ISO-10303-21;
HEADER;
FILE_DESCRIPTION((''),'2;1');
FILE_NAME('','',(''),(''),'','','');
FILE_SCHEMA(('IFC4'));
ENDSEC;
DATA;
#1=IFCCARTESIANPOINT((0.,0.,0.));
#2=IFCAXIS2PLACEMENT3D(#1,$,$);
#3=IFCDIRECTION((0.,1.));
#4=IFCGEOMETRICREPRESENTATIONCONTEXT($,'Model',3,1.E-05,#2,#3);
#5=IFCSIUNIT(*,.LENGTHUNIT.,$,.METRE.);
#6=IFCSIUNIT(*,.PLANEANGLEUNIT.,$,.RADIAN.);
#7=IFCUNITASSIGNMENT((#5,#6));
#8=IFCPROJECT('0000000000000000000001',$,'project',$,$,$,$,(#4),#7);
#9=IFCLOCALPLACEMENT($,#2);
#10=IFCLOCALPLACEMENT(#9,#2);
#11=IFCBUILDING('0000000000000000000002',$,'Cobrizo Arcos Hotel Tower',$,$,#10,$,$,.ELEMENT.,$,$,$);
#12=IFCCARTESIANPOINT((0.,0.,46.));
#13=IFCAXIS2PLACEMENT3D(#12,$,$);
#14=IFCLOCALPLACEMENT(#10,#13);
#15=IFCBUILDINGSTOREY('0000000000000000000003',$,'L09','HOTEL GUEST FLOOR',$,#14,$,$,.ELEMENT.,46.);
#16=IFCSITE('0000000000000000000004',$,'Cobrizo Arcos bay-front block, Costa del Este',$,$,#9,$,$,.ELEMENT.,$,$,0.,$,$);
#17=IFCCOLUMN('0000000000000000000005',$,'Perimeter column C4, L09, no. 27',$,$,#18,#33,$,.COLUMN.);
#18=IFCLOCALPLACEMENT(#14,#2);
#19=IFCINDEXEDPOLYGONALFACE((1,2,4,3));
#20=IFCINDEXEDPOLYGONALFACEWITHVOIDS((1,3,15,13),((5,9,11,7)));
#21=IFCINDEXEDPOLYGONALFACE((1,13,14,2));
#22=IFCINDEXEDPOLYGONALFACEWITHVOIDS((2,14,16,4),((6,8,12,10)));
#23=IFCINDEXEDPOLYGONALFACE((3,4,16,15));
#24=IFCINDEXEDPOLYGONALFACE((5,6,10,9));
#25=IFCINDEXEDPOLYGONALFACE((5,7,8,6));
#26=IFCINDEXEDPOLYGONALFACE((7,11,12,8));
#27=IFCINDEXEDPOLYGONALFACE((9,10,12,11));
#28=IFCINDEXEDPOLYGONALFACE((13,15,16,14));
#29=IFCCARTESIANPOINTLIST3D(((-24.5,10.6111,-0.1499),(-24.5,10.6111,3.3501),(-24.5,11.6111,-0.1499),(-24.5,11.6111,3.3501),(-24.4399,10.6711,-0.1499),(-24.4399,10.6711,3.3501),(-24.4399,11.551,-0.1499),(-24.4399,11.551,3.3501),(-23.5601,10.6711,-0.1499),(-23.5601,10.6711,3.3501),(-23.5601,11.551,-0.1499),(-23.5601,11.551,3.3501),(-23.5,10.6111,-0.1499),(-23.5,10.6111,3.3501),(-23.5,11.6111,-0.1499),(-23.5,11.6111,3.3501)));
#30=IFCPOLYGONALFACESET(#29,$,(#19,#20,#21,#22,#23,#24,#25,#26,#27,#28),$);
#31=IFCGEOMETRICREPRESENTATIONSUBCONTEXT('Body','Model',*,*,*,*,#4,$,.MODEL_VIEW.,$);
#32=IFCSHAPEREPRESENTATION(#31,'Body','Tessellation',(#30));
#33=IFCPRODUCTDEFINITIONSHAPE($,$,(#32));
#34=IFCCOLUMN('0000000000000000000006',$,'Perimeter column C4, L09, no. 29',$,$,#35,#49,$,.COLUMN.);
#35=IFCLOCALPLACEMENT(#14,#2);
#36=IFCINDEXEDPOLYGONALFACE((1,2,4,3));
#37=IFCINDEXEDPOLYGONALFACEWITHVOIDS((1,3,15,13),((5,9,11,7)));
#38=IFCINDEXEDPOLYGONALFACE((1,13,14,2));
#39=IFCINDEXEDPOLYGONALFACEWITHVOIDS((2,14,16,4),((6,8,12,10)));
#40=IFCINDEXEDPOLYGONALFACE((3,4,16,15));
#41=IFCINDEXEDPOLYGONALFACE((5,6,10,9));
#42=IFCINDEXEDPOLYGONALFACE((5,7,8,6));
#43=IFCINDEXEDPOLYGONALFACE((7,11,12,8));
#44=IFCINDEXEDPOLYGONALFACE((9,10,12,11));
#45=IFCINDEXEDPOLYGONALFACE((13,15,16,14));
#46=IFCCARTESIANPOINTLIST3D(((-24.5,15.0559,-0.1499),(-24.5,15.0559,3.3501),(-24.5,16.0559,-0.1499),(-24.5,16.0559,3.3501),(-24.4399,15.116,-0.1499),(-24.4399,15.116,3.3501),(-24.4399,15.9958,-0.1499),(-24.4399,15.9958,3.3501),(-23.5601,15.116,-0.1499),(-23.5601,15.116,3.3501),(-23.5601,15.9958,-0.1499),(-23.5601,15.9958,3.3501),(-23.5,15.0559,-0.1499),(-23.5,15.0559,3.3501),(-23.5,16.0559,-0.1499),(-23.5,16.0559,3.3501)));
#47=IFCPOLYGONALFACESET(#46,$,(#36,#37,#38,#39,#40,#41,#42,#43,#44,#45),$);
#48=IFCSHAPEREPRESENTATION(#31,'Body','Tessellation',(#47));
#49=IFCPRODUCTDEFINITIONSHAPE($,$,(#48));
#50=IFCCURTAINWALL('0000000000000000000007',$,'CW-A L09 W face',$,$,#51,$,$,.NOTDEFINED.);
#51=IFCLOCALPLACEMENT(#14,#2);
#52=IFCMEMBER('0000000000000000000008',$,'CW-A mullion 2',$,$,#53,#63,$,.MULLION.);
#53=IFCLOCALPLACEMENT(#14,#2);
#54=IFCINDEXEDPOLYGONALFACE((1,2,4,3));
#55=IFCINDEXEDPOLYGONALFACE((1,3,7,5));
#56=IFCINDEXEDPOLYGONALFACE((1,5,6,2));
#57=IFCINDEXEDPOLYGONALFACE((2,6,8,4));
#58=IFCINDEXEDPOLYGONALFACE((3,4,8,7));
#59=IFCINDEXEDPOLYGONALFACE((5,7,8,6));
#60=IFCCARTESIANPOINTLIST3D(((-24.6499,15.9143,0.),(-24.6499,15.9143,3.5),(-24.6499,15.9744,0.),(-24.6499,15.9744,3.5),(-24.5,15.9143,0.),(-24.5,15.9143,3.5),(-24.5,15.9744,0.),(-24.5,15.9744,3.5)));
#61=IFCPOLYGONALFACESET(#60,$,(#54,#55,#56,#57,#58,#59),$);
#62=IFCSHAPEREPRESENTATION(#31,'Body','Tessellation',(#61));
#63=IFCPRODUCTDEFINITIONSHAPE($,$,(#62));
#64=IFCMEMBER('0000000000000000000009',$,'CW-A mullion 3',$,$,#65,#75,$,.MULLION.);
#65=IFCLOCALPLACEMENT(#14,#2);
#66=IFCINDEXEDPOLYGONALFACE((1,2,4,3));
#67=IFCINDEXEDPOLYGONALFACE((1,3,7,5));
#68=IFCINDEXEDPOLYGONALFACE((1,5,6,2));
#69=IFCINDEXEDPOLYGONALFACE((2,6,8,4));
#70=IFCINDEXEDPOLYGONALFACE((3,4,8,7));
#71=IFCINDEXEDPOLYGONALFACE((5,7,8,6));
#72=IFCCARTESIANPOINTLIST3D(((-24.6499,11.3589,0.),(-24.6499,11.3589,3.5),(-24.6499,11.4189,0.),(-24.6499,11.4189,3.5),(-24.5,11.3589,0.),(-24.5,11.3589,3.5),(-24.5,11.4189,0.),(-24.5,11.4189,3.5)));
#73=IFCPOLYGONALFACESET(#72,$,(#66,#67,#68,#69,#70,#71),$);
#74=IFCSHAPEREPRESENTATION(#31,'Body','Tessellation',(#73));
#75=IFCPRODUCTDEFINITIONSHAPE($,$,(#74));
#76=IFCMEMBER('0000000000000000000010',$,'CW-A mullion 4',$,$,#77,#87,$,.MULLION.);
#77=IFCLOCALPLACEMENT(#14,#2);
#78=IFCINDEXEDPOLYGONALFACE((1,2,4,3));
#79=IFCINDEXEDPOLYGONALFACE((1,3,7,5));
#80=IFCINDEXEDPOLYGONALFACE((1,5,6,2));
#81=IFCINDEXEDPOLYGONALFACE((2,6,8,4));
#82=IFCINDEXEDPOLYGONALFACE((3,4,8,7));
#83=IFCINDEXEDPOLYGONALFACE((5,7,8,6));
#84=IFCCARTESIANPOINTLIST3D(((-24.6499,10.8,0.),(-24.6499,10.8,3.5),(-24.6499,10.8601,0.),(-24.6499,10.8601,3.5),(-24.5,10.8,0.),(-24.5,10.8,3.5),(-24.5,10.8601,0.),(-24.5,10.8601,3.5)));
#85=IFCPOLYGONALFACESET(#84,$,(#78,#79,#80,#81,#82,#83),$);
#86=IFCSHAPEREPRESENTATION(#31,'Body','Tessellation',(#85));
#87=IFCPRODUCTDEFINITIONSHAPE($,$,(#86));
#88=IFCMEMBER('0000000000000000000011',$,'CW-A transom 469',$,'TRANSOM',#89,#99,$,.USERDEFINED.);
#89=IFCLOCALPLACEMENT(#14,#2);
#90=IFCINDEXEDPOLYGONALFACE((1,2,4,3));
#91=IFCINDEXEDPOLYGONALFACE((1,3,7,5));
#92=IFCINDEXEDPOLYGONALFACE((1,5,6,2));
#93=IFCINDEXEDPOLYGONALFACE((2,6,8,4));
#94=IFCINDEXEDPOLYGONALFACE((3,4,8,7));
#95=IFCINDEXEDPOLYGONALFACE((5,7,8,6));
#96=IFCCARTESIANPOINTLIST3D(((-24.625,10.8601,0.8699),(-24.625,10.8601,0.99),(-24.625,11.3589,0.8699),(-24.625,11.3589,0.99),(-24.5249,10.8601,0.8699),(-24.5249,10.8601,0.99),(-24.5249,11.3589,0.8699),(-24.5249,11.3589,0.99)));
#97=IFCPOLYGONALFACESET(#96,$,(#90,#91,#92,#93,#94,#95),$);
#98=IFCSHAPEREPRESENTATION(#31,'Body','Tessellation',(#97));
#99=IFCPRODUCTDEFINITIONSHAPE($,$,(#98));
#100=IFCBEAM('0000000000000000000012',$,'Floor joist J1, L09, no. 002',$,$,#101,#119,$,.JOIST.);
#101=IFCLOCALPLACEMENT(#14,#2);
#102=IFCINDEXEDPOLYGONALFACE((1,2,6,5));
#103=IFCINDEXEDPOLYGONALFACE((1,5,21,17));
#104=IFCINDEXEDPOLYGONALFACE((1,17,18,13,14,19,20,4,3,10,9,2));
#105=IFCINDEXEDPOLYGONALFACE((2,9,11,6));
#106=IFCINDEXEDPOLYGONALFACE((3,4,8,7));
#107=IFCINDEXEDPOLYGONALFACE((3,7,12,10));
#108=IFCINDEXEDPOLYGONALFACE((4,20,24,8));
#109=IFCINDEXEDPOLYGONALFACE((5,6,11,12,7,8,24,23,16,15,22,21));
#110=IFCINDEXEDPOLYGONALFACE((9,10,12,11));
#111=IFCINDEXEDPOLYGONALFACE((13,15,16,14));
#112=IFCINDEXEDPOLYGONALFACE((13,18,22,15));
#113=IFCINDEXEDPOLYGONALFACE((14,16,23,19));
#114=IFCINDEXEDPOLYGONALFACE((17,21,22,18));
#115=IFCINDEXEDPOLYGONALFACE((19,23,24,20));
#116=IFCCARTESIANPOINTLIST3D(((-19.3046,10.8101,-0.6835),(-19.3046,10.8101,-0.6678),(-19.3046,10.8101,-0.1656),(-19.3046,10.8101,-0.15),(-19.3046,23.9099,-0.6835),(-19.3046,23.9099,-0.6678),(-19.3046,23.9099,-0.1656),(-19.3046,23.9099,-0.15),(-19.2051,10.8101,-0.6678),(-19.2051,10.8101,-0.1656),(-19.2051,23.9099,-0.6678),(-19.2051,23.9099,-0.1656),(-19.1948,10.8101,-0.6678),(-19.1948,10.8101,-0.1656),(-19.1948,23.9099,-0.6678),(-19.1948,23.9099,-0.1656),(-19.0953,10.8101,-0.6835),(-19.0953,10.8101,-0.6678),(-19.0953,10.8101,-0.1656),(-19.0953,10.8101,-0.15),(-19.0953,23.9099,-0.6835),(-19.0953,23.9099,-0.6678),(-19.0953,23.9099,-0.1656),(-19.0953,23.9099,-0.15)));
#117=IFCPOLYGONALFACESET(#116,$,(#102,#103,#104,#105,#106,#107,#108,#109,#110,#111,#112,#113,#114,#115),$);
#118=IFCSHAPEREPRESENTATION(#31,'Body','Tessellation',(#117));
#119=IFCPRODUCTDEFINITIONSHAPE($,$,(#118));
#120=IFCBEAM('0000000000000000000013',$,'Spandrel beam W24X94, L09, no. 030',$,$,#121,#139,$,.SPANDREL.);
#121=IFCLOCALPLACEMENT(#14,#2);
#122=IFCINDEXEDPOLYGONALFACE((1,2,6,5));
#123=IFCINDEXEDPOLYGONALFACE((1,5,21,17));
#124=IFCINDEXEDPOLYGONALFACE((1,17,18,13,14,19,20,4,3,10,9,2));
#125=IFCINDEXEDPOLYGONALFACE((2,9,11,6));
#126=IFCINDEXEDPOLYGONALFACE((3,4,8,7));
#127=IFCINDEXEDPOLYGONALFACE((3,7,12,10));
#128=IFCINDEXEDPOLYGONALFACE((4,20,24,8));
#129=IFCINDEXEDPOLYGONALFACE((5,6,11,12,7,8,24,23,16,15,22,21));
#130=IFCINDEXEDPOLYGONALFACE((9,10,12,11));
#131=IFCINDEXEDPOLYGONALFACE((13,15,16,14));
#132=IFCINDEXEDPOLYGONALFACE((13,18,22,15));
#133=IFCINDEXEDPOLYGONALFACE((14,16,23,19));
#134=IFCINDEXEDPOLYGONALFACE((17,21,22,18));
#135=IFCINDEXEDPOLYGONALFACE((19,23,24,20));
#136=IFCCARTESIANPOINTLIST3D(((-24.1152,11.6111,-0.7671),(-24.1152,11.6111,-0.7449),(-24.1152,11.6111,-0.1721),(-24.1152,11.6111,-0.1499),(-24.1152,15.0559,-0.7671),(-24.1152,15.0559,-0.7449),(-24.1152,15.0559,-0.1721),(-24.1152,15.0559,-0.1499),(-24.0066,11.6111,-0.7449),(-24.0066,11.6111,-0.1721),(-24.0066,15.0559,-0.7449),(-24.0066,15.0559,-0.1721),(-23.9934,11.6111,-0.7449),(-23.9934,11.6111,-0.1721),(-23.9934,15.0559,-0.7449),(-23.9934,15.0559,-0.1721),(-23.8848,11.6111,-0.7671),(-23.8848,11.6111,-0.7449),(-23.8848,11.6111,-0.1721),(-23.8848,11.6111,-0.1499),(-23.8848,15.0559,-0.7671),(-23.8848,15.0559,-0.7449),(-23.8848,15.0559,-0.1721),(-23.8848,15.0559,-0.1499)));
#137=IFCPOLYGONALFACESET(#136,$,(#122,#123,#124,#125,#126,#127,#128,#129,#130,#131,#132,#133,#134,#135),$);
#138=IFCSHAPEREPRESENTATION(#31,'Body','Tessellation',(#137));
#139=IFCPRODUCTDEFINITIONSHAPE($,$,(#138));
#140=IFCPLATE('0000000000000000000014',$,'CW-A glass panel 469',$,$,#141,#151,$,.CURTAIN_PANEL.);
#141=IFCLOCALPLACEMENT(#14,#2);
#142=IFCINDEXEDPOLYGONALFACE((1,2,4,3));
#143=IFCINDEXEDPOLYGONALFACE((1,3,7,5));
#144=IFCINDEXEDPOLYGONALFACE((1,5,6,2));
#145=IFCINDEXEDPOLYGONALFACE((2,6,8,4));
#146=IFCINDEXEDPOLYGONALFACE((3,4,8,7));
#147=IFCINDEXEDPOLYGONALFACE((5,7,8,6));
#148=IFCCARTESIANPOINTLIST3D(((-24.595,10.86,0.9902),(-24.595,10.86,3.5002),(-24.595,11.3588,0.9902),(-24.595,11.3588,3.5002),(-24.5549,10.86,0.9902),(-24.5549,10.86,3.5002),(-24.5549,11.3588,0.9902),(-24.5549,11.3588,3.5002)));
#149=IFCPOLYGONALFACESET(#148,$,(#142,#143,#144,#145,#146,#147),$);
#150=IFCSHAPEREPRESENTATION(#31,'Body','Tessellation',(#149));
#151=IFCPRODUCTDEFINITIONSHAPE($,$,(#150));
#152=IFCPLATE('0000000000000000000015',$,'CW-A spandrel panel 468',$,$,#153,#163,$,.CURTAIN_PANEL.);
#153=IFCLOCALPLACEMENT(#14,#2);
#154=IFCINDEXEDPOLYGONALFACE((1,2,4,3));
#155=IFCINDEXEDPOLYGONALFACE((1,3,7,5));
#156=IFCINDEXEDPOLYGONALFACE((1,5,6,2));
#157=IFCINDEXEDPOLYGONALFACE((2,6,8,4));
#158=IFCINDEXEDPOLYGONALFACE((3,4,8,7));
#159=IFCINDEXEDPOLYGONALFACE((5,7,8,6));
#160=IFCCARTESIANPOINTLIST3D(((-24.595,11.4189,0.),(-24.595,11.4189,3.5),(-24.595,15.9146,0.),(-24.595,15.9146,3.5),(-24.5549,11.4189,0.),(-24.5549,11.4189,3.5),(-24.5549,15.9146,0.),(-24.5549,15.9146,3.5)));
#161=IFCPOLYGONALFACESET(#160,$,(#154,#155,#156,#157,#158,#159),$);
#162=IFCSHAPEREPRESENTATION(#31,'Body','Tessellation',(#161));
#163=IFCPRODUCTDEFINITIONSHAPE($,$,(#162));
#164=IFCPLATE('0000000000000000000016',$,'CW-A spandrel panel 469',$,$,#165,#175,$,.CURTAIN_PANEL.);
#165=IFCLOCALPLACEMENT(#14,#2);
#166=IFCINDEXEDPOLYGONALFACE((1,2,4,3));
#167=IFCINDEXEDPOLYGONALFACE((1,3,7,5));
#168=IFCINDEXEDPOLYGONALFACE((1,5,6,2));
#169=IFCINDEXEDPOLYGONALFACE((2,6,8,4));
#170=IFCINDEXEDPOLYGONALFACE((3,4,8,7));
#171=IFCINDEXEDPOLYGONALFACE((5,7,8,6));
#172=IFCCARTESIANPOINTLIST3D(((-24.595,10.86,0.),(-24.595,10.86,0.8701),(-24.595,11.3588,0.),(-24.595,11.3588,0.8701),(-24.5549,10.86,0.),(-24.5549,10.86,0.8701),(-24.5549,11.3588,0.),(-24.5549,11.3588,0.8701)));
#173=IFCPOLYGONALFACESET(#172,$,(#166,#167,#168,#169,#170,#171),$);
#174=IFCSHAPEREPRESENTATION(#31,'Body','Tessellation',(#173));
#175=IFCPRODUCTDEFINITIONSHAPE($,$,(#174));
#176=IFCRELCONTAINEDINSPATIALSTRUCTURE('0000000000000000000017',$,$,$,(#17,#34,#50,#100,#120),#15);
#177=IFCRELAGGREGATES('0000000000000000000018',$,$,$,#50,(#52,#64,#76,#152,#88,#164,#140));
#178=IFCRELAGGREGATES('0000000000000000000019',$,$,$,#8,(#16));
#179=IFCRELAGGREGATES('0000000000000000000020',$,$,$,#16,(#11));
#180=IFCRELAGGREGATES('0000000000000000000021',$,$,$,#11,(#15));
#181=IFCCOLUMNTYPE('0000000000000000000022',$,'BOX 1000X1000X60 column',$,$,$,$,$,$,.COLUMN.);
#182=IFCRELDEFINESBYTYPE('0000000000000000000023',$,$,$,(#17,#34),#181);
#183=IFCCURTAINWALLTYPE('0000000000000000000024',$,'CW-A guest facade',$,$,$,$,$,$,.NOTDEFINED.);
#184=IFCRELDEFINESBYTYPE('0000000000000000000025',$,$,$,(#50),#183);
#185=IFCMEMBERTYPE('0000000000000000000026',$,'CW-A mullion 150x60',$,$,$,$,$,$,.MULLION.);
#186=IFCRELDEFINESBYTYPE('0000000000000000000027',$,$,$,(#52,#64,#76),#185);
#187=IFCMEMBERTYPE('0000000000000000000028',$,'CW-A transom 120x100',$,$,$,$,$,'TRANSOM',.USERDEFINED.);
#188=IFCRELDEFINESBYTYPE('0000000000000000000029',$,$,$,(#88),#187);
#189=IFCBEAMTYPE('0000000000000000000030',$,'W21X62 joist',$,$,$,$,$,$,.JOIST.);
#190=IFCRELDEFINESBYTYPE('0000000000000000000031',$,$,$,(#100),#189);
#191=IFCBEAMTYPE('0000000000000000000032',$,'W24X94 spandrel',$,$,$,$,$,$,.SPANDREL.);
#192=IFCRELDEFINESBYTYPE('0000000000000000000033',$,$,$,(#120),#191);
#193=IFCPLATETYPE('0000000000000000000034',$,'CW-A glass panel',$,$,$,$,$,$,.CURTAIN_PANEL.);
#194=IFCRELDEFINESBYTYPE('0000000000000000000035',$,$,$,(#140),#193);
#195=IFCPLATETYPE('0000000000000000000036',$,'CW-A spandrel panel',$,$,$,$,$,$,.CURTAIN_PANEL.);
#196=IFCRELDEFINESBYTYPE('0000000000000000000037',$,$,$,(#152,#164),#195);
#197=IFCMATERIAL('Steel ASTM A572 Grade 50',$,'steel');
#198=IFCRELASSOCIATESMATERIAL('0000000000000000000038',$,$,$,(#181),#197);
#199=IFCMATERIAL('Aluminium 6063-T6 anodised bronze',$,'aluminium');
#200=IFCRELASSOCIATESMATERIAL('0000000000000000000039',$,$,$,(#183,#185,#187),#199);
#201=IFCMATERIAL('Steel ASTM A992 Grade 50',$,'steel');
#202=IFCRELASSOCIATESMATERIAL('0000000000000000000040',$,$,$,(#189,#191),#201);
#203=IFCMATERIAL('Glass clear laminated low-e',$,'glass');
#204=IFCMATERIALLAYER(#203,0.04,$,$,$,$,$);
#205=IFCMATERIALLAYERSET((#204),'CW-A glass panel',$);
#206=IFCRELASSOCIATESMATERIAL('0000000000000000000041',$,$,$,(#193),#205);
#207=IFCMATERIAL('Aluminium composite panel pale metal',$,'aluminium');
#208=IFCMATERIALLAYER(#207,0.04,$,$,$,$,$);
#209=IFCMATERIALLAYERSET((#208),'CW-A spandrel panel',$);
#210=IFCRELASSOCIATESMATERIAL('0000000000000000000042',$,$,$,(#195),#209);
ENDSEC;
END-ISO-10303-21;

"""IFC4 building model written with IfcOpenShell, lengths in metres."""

from ifc_helpers import new_model, si_unit, direction, frame, origin, origin_2d, place, context, subcontext, project, spatial, rectangle, hollow_rectangle, i_section, extrude, material, layer, layer_set, material_profile, profile_set, type_object, element, aggregate, save


model = new_model("IFC4")

# Units and contexts
model_context = context("Model", 3, precision=1e-05, world=origin(), true_north=direction((0.0, 1.0)))
body_context = subcontext(model_context, "Body", "Model", "MODEL_VIEW")
ifc_project = project(units=[si_unit("LENGTHUNIT", "METRE"), si_unit("PLANEANGLEUNIT", "RADIAN")], contexts=[model_context])

# Site, building, storey
site_placement = place(None, origin())
site = spatial("IfcSite", under=ifc_project, at=site_placement, Name="Cobrizo Arcos bay-front block, Costa del Este", CompositionType="ELEMENT", RefElevation=0.0)
building_placement = place(site_placement, origin())
building = spatial("IfcBuilding", under=site, at=building_placement, Name="Cobrizo Arcos Hotel Tower", CompositionType="ELEMENT")
storey_placement = place(building_placement, frame((0.0, 0.0, 46.0)))
storey = spatial("IfcBuildingStorey", under=building, at=storey_placement, Name="L09", Description="HOTEL GUEST FLOOR", CompositionType="ELEMENT", Elevation=46.0)

# Columns
ifc_material_1 = material(Name="Steel ASTM A572 Grade 50", Category="steel")
ifc_material_profile_1 = material_profile(ifc_material_1, hollow_rectangle(XDim=1.0, YDim=1.0, WallThickness=0.0601, at=origin_2d()), Name="BOX 1000X1000X60")
ifc_profile_set_1 = profile_set([ifc_material_profile_1], Name="Steel ASTM A572 Grade 50")
column_type = type_object("IfcColumnType", Name="BOX 1000X1000X60 column", PredefinedType="COLUMN", material=ifc_profile_set_1)
for number, where, z_axis, x_axis, name in (
    (1, (-24.0, 11.1111, -0.1499), (0.0, 0.0, 1.0), (1.0, 0.0, 0.0), "Perimeter column C4, L09, no. 27"),
    (2, (-24.0, 15.5559, -0.1499), (0.0, 0.0, 1.0), (1.0, 0.0, 0.0), "Perimeter column C4, L09, no. 29"),
):
    element("IfcColumn", number, at=place(storey_placement, frame(where, z_axis=z_axis, x_axis=x_axis)), inside=storey, type_object=column_type, Name=name, PredefinedType="COLUMN", context=body_context, shape_type="SweptSolid", body=[
        extrude(hollow_rectangle(XDim=1.0, YDim=1.0, WallThickness=0.0601, at=origin_2d()), origin(), (0.0, 0.0, 1.0), 3.5),
    ])

# Curtain wall, members
ifc_material_2 = material(Name="Aluminium 6063-T6 anodised bronze", Category="aluminium")
curtain_wall_type = type_object("IfcCurtainWallType", Name="CW-A guest facade", PredefinedType="NOTDEFINED", material=ifc_material_2)
curtain_wall_placement = place(storey_placement, origin())
curtain_wall = element("IfcCurtainWall", 3, at=curtain_wall_placement, inside=storey, type_object=curtain_wall_type, Name="CW-A L09 W face", PredefinedType="NOTDEFINED")
ifc_material_profile_2 = material_profile(ifc_material_2, rectangle(XDim=0.1499, YDim=0.0601, at=origin_2d()), Name="CW-A mullion 150x60")
ifc_profile_set_2 = profile_set([ifc_material_profile_2], Name="Aluminium 6063-T6 anodised bronze")
member_type_1 = type_object("IfcMemberType", Name="CW-A mullion 150x60", PredefinedType="MULLION", material=ifc_profile_set_2)
member_1_placement = place(storey_placement, frame((-24.575, 15.9443, 0.0), z_axis=(0.0, 0.0, 1.0), x_axis=(-1.0, 0.0, 0.0)))
member_1 = element("IfcMember", 4, at=member_1_placement, type_object=member_type_1, Name="CW-A mullion 2", PredefinedType="MULLION", context=body_context, shape_type="SweptSolid", body=[
    extrude(rectangle(XDim=0.1499, YDim=0.0601, at=origin_2d()), origin(), (0.0, 0.0, 1.0), 3.5),
])
member_2_placement = place(storey_placement, frame((-24.575, 11.3889, 0.0), z_axis=(0.0, 0.0, 1.0), x_axis=(-1.0, 0.0, 0.0)))
member_2 = element("IfcMember", 5, at=member_2_placement, type_object=member_type_1, Name="CW-A mullion 3", PredefinedType="MULLION", context=body_context, shape_type="SweptSolid", body=[
    extrude(rectangle(XDim=0.1499, YDim=0.0601, at=origin_2d()), origin(), (0.0, 0.0, 1.0), 3.5),
])
member_3_placement = place(storey_placement, frame((-24.575, 10.8301, 0.0), z_axis=(0.0, 0.0, 1.0), x_axis=(-1.0, 0.0, 0.0)))
member_3 = element("IfcMember", 6, at=member_3_placement, type_object=member_type_1, Name="CW-A mullion 4", PredefinedType="MULLION", context=body_context, shape_type="SweptSolid", body=[
    extrude(rectangle(XDim=0.1499, YDim=0.0601, at=origin_2d()), origin(), (0.0, 0.0, 1.0), 3.5),
])
ifc_material_profile_3 = material_profile(ifc_material_2, rectangle(XDim=0.1001, YDim=0.1201, at=origin_2d()), Name="CW-A transom 120x100")
ifc_profile_set_3 = profile_set([ifc_material_profile_3], Name="Aluminium 6063-T6 anodised bronze")
member_type_2 = type_object("IfcMemberType", Name="CW-A transom 120x100", ElementType="TRANSOM", PredefinedType="USERDEFINED", material=ifc_profile_set_3)
member_4_placement = place(storey_placement, frame((-24.575, 11.3589, 0.9299), z_axis=(0.0, -1.0, 0.0), x_axis=(1.0, 0.0, 0.0)))
member_4 = element("IfcMember", 7, at=member_4_placement, type_object=member_type_2, Name="CW-A transom 469", ObjectType="TRANSOM", PredefinedType="USERDEFINED", context=body_context, shape_type="SweptSolid", body=[
    extrude(rectangle(XDim=0.1001, YDim=0.1201, at=origin_2d()), origin(), (0.0, 0.0, 1.0), 0.4988),
])

# Beams
ifc_material_3 = material(Name="Steel ASTM A992 Grade 50", Category="steel")
ifc_material_profile_4 = material_profile(ifc_material_3, i_section(OverallWidth=0.2092, OverallDepth=0.5334, WebThickness=0.0103, FlangeThickness=0.0156, at=origin_2d()), Name="W21X62")
ifc_profile_set_4 = profile_set([ifc_material_profile_4], Name="Steel ASTM A992 Grade 50")
beam_type_1 = type_object("IfcBeamType", Name="W21X62 joist", PredefinedType="JOIST", material=ifc_profile_set_4)
beam_1_placement = place(storey_placement, frame((-19.2, 10.8101, -0.4167), z_axis=(0.0, 1.0, 0.0), x_axis=(-1.0, 0.0, 0.0)))
element("IfcBeam", 8, at=beam_1_placement, inside=storey, type_object=beam_type_1, Name="Floor joist J1, L09, no. 002", PredefinedType="JOIST", context=body_context, shape_type="SweptSolid", body=[
    extrude(i_section(OverallWidth=0.2092, OverallDepth=0.5334, WebThickness=0.0103, FlangeThickness=0.0156, at=origin_2d()), origin(), (0.0, 0.0, 1.0), 13.0999),
])
ifc_material_profile_5 = material_profile(ifc_material_3, i_section(OverallWidth=0.2305, OverallDepth=0.6172, WebThickness=0.0132, FlangeThickness=0.0222, at=origin_2d()), Name="W24X94")
ifc_profile_set_5 = profile_set([ifc_material_profile_5], Name="Steel ASTM A992 Grade 50")
beam_type_2 = type_object("IfcBeamType", Name="W24X94 spandrel", PredefinedType="SPANDREL", material=ifc_profile_set_5)
beam_2_placement = place(storey_placement, frame((-24.0, 15.0559, -0.4585), z_axis=(0.0, -1.0, 0.0), x_axis=(1.0, 0.0, 0.0)))
element("IfcBeam", 9, at=beam_2_placement, inside=storey, type_object=beam_type_2, Name="Spandrel beam W24X94, L09, no. 030", PredefinedType="SPANDREL", context=body_context, shape_type="SweptSolid", body=[
    extrude(i_section(OverallWidth=0.2305, OverallDepth=0.6172, WebThickness=0.0132, FlangeThickness=0.0222, at=origin_2d()), origin(), (0.0, 0.0, 1.0), 3.4448),
])

# Plates
ifc_material_4 = material(Name="Glass clear laminated low-e", Category="glass")
ifc_layer_1 = layer(ifc_material_4, 0.04)
ifc_layer_set_1 = layer_set([ifc_layer_1], Name="CW-A glass panel")
plate_type_1 = type_object("IfcPlateType", Name="CW-A glass panel", PredefinedType="CURTAIN_PANEL", material=ifc_layer_set_1)
plate_1_placement = place(storey_placement, frame((-24.575, 11.1094, 0.9902), z_axis=(0.0, 0.0, 1.0), x_axis=(0.0, -1.0, 0.0)))
plate_1 = element("IfcPlate", 10, at=plate_1_placement, type_object=plate_type_1, Name="CW-A glass panel 469", PredefinedType="CURTAIN_PANEL", context=body_context, shape_type="SweptSolid", body=[
    extrude(rectangle(XDim=0.4988, YDim=0.04, at=origin_2d()), origin(), (0.0, 0.0, 1.0), 2.51),
])
ifc_material_5 = material(Name="Aluminium composite panel pale metal", Category="aluminium")
ifc_layer_2 = layer(ifc_material_5, 0.04)
ifc_layer_set_2 = layer_set([ifc_layer_2], Name="CW-A spandrel panel")
plate_type_2 = type_object("IfcPlateType", Name="CW-A spandrel panel", PredefinedType="CURTAIN_PANEL", material=ifc_layer_set_2)
plate_2_placement = place(storey_placement, frame((-24.575, 13.6667, 0.0), z_axis=(0.0, 0.0, 1.0), x_axis=(0.0, -1.0, 0.0)))
plate_2 = element("IfcPlate", 11, at=plate_2_placement, type_object=plate_type_2, Name="CW-A spandrel panel 468", PredefinedType="CURTAIN_PANEL", context=body_context, shape_type="SweptSolid", body=[
    extrude(rectangle(XDim=4.4956, YDim=0.04, at=origin_2d()), origin(), (0.0, 0.0, 1.0), 3.5),
])
plate_3_placement = place(storey_placement, frame((-24.575, 11.1094, 0.0), z_axis=(0.0, 0.0, 1.0), x_axis=(0.0, -1.0, 0.0)))
plate_3 = element("IfcPlate", 12, at=plate_3_placement, type_object=plate_type_2, Name="CW-A spandrel panel 469", PredefinedType="CURTAIN_PANEL", context=body_context, shape_type="SweptSolid", body=[
    extrude(rectangle(XDim=0.4988, YDim=0.04, at=origin_2d()), origin(), (0.0, 0.0, 1.0), 0.8701),
])
aggregate(curtain_wall, [member_1, member_2, member_3, plate_2, member_4, plate_3, plate_1])

save(model, "model.ifc")
